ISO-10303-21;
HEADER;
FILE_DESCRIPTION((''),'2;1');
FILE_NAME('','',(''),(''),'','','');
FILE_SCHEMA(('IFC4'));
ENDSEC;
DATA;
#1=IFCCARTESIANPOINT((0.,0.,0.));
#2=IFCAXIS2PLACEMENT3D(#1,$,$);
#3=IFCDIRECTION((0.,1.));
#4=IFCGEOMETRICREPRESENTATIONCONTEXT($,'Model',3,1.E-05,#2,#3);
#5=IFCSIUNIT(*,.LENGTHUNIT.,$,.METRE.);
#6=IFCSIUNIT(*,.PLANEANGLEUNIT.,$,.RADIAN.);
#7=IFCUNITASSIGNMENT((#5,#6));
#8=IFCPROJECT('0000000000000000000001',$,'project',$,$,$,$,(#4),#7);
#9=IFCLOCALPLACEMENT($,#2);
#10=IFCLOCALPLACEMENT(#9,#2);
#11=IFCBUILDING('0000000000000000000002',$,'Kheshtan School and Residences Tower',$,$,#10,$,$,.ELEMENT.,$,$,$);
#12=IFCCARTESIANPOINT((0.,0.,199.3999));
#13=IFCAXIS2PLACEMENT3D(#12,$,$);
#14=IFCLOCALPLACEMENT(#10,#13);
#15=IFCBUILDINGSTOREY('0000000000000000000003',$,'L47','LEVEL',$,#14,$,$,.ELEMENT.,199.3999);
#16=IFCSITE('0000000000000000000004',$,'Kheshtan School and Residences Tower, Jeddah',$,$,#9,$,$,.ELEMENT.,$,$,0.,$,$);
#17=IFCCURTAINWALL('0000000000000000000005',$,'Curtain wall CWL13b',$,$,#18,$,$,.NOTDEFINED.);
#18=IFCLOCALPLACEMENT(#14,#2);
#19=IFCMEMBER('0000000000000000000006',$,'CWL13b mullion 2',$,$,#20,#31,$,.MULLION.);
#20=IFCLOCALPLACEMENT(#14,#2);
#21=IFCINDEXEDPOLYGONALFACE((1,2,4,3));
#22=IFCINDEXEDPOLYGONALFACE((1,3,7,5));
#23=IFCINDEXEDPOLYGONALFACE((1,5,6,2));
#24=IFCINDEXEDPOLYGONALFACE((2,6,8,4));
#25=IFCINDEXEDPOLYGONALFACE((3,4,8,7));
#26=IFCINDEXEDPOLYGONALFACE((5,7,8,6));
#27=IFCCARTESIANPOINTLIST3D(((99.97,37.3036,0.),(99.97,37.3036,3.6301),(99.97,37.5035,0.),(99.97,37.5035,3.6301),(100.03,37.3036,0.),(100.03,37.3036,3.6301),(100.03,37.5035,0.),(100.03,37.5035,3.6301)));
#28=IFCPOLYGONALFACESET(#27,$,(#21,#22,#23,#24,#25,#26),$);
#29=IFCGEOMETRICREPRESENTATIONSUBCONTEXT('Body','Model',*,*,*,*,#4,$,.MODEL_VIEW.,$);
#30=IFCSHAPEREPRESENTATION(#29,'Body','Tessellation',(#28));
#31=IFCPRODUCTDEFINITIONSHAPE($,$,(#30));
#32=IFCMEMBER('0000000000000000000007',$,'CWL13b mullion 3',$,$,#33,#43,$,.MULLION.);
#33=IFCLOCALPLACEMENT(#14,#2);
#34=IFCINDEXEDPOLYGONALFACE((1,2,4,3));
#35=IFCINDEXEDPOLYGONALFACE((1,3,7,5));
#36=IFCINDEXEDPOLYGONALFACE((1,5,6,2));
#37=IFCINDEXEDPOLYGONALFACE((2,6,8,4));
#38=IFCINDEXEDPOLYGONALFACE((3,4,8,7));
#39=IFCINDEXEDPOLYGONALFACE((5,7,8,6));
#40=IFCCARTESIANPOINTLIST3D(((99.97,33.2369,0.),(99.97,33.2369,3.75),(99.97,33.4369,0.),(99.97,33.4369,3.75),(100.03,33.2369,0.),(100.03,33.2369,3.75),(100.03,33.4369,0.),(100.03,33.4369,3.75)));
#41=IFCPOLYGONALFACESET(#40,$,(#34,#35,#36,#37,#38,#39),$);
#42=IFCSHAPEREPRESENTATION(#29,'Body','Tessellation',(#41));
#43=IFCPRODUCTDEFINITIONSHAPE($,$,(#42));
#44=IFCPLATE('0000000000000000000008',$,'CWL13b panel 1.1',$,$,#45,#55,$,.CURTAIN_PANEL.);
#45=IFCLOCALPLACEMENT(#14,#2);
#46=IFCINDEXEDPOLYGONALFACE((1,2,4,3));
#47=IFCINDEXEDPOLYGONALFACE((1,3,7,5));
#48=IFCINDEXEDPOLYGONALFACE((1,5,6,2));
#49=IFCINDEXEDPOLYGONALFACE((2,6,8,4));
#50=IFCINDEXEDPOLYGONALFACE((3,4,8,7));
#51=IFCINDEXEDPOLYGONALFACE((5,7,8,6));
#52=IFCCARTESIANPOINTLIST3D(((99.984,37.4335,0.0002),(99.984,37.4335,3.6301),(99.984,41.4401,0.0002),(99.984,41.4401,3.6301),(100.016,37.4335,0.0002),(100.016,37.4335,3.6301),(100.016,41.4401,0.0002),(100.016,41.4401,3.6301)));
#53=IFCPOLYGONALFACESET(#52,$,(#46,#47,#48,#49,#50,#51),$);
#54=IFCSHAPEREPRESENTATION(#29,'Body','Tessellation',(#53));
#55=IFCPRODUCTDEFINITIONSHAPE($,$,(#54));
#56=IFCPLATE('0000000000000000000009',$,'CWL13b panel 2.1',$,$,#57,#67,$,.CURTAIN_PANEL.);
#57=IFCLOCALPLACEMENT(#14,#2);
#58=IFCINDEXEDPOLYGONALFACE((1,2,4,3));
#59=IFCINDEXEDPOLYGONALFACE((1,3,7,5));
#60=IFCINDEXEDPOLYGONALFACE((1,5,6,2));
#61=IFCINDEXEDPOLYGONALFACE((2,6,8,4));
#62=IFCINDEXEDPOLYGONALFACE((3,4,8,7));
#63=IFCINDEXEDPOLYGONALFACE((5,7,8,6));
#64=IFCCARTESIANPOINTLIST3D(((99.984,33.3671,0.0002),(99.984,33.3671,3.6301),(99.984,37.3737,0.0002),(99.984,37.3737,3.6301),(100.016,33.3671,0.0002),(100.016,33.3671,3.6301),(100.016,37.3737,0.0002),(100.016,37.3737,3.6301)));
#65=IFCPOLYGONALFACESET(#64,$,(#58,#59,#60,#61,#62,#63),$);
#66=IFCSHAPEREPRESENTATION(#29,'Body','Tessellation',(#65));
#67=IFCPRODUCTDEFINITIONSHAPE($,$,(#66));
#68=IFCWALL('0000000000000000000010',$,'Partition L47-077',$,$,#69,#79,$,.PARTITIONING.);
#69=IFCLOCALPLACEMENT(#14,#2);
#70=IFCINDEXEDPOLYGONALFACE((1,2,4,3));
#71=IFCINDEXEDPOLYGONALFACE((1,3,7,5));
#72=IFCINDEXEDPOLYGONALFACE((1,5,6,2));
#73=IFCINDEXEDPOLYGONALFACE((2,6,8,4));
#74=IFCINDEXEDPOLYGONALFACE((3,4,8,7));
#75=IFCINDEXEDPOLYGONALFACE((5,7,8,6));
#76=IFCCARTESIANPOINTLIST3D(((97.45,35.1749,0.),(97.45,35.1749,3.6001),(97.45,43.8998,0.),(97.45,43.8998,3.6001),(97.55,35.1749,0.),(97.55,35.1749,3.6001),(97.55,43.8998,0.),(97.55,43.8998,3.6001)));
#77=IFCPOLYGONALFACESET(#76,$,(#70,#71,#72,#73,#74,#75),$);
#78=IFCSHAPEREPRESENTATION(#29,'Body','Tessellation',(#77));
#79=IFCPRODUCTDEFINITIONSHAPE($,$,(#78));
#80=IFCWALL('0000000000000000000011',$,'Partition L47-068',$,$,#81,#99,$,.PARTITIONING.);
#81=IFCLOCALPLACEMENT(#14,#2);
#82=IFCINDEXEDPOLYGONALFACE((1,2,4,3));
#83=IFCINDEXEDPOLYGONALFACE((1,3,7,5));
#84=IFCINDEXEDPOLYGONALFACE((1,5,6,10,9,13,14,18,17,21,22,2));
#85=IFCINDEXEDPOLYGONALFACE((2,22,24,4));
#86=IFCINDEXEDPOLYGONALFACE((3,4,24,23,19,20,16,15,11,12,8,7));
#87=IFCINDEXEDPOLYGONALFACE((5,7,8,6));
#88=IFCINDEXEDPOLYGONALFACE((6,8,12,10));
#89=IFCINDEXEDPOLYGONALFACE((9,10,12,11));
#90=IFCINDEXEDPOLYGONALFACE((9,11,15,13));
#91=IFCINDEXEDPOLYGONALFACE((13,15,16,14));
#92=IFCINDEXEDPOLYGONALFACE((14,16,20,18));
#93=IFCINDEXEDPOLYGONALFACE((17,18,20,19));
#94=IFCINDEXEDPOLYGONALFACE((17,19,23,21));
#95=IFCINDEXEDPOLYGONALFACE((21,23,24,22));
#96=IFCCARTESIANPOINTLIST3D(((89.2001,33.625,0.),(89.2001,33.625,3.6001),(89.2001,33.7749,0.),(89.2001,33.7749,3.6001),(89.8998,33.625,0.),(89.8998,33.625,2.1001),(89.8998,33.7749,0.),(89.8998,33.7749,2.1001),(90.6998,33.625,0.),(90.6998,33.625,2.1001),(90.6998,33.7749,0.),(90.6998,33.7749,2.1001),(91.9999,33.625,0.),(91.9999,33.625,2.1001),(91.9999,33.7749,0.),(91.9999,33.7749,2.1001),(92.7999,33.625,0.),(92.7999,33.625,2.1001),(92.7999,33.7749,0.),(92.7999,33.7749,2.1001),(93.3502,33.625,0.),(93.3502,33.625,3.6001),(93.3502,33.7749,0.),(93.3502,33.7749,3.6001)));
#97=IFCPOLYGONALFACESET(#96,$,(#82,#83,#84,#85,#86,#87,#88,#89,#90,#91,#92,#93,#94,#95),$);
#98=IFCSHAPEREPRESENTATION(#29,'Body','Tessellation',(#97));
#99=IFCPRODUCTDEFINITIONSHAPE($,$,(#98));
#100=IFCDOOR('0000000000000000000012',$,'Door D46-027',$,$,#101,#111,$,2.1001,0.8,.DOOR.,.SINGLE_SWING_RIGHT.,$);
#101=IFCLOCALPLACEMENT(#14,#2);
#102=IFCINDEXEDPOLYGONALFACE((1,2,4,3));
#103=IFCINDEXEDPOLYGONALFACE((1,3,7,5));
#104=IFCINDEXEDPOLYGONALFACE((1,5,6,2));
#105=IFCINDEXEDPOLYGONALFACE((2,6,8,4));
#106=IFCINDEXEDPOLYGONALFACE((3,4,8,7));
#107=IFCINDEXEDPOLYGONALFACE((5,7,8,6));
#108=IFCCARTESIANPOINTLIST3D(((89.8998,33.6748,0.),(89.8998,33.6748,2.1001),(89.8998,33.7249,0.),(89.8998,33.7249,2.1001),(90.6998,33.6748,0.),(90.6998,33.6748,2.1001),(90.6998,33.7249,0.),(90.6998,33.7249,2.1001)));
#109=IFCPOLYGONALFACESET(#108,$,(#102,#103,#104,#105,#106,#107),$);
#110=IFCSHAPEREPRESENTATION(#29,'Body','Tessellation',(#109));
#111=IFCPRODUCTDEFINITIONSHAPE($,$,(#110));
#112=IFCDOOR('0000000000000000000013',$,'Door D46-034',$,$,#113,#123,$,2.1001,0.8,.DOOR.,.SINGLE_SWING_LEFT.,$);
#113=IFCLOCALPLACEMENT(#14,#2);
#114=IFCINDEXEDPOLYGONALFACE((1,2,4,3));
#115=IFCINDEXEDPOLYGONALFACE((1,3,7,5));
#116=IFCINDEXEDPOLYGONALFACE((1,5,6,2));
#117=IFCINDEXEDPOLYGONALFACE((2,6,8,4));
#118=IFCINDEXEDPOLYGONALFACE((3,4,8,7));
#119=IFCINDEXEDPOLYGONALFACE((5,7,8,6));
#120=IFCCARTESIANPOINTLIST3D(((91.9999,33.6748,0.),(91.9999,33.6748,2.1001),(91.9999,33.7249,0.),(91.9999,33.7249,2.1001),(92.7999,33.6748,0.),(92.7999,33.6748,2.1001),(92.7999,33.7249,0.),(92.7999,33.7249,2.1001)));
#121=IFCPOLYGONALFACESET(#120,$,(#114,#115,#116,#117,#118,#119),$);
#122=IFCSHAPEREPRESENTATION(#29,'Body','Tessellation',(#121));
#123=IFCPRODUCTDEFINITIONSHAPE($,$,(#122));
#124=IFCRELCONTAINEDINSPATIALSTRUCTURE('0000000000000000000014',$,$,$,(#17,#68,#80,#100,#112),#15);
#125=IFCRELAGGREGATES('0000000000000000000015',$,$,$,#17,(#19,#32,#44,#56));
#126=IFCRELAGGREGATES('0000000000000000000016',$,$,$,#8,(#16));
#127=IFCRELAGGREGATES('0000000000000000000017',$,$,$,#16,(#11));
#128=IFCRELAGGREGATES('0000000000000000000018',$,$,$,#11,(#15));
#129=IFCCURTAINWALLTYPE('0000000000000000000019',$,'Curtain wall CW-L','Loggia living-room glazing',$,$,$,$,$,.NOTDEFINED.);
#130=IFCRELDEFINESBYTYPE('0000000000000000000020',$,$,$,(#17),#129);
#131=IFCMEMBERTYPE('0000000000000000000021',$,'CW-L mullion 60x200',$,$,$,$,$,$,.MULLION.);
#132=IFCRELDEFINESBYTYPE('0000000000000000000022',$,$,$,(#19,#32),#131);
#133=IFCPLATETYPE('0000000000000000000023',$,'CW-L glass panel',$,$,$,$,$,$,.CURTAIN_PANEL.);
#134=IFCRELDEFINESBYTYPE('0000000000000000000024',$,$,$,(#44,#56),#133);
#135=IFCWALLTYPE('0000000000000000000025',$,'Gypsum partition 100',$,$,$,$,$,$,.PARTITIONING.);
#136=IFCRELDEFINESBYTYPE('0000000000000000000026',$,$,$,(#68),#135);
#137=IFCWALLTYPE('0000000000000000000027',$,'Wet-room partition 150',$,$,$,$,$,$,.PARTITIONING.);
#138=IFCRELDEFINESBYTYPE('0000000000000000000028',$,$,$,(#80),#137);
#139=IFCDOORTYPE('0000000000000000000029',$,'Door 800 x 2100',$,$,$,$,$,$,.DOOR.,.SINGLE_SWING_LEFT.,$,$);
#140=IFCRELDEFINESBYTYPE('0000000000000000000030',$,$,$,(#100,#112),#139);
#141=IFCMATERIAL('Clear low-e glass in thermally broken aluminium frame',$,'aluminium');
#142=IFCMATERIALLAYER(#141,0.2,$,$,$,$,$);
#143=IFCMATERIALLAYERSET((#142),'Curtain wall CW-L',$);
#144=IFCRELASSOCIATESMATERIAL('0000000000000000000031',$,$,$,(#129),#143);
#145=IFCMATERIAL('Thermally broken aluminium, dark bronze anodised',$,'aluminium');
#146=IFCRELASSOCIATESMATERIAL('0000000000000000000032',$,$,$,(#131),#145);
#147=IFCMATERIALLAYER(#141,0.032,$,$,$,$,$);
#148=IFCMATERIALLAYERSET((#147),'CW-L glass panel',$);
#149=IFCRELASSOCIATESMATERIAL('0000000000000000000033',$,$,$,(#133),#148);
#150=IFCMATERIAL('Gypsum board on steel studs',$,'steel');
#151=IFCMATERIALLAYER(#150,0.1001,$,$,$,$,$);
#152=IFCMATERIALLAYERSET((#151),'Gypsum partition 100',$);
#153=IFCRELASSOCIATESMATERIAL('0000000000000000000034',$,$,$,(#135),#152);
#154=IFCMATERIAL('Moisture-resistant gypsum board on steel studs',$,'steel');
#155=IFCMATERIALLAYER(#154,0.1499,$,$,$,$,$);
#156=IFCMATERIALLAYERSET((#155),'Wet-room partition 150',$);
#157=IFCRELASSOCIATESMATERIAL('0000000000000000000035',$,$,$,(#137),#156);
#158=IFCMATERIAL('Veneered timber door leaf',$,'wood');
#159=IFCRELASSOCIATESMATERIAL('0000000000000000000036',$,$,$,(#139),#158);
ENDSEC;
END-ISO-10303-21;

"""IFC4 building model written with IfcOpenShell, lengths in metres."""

from ifc_helpers import new_model, si_unit, direction, frame, frame_2d, origin, origin_2d, place, context, subcontext, project, spatial, rectangle, extrude, source, transform, mapped, material, layer, layer_set, material_profile, profile_set, type_object, element, fill, aggregate, save


model = new_model("IFC4")

# Units and contexts
model_context = context("Model", 3, precision=1e-05, world=origin(), true_north=direction((0.0, 1.0)))
body_context = subcontext(model_context, "Body", "Model", "MODEL_VIEW")
ifc_project = project(units=[si_unit("LENGTHUNIT", "METRE"), si_unit("PLANEANGLEUNIT", "RADIAN")], contexts=[model_context])

# Site, building, storey
site_placement = place(None, origin())
site = spatial("IfcSite", under=ifc_project, at=site_placement, Name="Kheshtan School and Residences Tower, Jeddah", CompositionType="ELEMENT", RefElevation=0.0)
building_placement = place(site_placement, origin())
building = spatial("IfcBuilding", under=site, at=building_placement, Name="Kheshtan School and Residences Tower", CompositionType="ELEMENT")
storey_placement = place(building_placement, frame((0.0, 0.0, 199.3999)))
storey = spatial("IfcBuildingStorey", under=building, at=storey_placement, Name="L47", Description="LEVEL", CompositionType="ELEMENT", Elevation=199.3999)

# Curtain wall, members, plates
ifc_material_1 = material(Name="Clear low-e glass in thermally broken aluminium frame", Category="aluminium")
ifc_layer_1 = layer(ifc_material_1, 0.2)
ifc_layer_set_1 = layer_set([ifc_layer_1], Name="Curtain wall CW-L")
curtain_wall_type = type_object("IfcCurtainWallType", Name="Curtain wall CW-L", Description="Loggia living-room glazing", PredefinedType="NOTDEFINED", material=ifc_layer_set_1)
curtain_wall_placement = place(storey_placement, origin())
curtain_wall = element("IfcCurtainWall", 1, at=curtain_wall_placement, inside=storey, type_object=curtain_wall_type, Name="Curtain wall CWL13b", PredefinedType="NOTDEFINED")
ifc_material_2 = material(Name="Thermally broken aluminium, dark bronze anodised", Category="aluminium")
ifc_material_profile = material_profile(ifc_material_2, rectangle(XDim=0.0601, YDim=0.2, at=origin_2d()), Name="CW-L mullion 60x200")
ifc_profile_set = profile_set([ifc_material_profile], Name="Thermally broken aluminium, dark bronze anodised")
member_type = type_object("IfcMemberType", Name="CW-L mullion 60x200", PredefinedType="MULLION", material=ifc_profile_set)
member_1_placement = place(storey_placement, frame((100.0, 37.4036, 0.0), z_axis=(0.0, 0.0, 1.0), x_axis=(1.0, 0.0, 0.0)))
member_1 = element("IfcMember", 2, at=member_1_placement, type_object=member_type, Name="CWL13b mullion 2", PredefinedType="MULLION", context=body_context, shape_type="SweptSolid", body=[
    extrude(rectangle(XDim=0.0601, YDim=0.2, at=origin_2d()), origin(), (0.0, 0.0, 1.0), 3.6301),
])
member_2_placement = place(storey_placement, frame((100.0, 33.3369, 0.0), z_axis=(0.0, 0.0, 1.0), x_axis=(1.0, 0.0, 0.0)))
member_2 = element("IfcMember", 3, at=member_2_placement, type_object=member_type, Name="CWL13b mullion 3", PredefinedType="MULLION", context=body_context, shape_type="SweptSolid", body=[
    extrude(rectangle(XDim=0.0601, YDim=0.2, at=origin_2d()), origin(), (0.0, 0.0, 1.0), 3.75),
])
ifc_layer_2 = layer(ifc_material_1, 0.032)
ifc_layer_set_2 = layer_set([ifc_layer_2], Name="CW-L glass panel")
plate_type = type_object("IfcPlateType", Name="CW-L glass panel", PredefinedType="CURTAIN_PANEL", material=ifc_layer_set_2)
plate_1_placement = place(storey_placement, frame((100.0, 39.4368, 0.0002), z_axis=(0.0, 0.0, 1.0), x_axis=(0.0, -1.0, 0.0)))
plate_1 = element("IfcPlate", 4, at=plate_1_placement, type_object=plate_type, Name="CWL13b panel 1.1", PredefinedType="CURTAIN_PANEL", context=body_context, shape_type="SweptSolid", body=[
    extrude(rectangle(XDim=4.0066, YDim=0.032, at=origin_2d()), origin(), (0.0, 0.0, 1.0), 3.6299),
])
plate_2_placement = place(storey_placement, frame((100.0, 35.3704, 0.0002), z_axis=(0.0, 0.0, 1.0), x_axis=(0.0, -1.0, 0.0)))
plate_2 = element("IfcPlate", 5, at=plate_2_placement, type_object=plate_type, Name="CWL13b panel 2.1", PredefinedType="CURTAIN_PANEL", context=body_context, shape_type="SweptSolid", body=[
    extrude(rectangle(XDim=4.0066, YDim=0.032, at=origin_2d()), origin(), (0.0, 0.0, 1.0), 3.6299),
])
aggregate(curtain_wall, [member_1, member_2, plate_1, plate_2])

# Wall
ifc_material_3 = material(Name="Gypsum board on steel studs", Category="steel")
ifc_layer_3 = layer(ifc_material_3, 0.1001)
ifc_layer_set_3 = layer_set([ifc_layer_3], Name="Gypsum partition 100")
wall_type_1 = type_object("IfcWallType", Name="Gypsum partition 100", PredefinedType="PARTITIONING", material=ifc_layer_set_3)
wall_1_placement = place(storey_placement, frame((97.5, 35.175, 0.0), z_axis=(0.0, 0.0, 1.0), x_axis=(0.0, 1.0, 0.0)))
element("IfcWall", 6, at=wall_1_placement, inside=storey, type_object=wall_type_1, Name="Partition L47-077", PredefinedType="PARTITIONING", context=body_context, shape_type="SweptSolid", body=[
    extrude(rectangle(XDim=8.7249, YDim=0.1001, at=frame_2d((4.3623, 0.0))), origin(), (0.0, 0.0, 1.0), 3.6001),
])

# Wall, openings, doors
ifc_material_4 = material(Name="Moisture-resistant gypsum board on steel studs", Category="steel")
ifc_layer_4 = layer(ifc_material_4, 0.1499)
ifc_layer_set_4 = layer_set([ifc_layer_4], Name="Wet-room partition 150")
wall_type_2 = type_object("IfcWallType", Name="Wet-room partition 150", PredefinedType="PARTITIONING", material=ifc_layer_set_4)
wall_2_placement = place(storey_placement, frame((89.2, 33.7, 0.0), z_axis=(0.0, 0.0, 1.0), x_axis=(1.0, 0.0, 0.0)))
wall_2 = element("IfcWall", 7, at=wall_2_placement, inside=storey, type_object=wall_type_2, Name="Partition L47-068", PredefinedType="PARTITIONING", context=body_context, shape_type="SweptSolid", body=[
    extrude(rectangle(XDim=4.1501, YDim=0.1499, at=frame_2d((2.0752, 0.0))), origin(), (0.0, 0.0, 1.0), 3.6001),
])
opening_1_placement = place(wall_2_placement, frame((0.7, 0.0, 0.0)))
opening_1 = element("IfcOpeningElement", 8, at=opening_1_placement, cuts=wall_2, PredefinedType="OPENING", context=body_context, shape_type="SweptSolid", body=[
    extrude(rectangle(XDim=0.8, YDim=2.1001, at=frame_2d((0.3999, 1.05))), frame((0.0, 0.085, 0.0), z_axis=(0.0, -1.0, 0.0), x_axis=(1.0, 0.0, 0.0)), (0.0, 0.0, 1.0), 0.1699),
])
opening_2_placement = place(wall_2_placement, frame((2.8, 0.0, 0.0)))
opening_2 = element("IfcOpeningElement", 9, at=opening_2_placement, cuts=wall_2, PredefinedType="OPENING", context=body_context, shape_type="SweptSolid", body=[
    extrude(rectangle(XDim=0.8, YDim=2.1001, at=frame_2d((0.3999, 1.05))), frame((0.0, 0.085, 0.0), z_axis=(0.0, -1.0, 0.0), x_axis=(1.0, 0.0, 0.0)), (0.0, 0.0, 1.0), 0.1699),
])
ifc_material_5 = material(Name="Veneered timber door leaf", Category="wood")
door_type_1 = type_object("IfcDoorType", Name="Door 800 x 2100", OperationType="SINGLE_SWING_LEFT", PredefinedType="DOOR", material=ifc_material_5)
shared_shape_1 = source(origin(), body_context, "Body", "SweptSolid", [
    extrude(rectangle(XDim=0.8, YDim=2.1001, at=frame_2d((0.3999, 1.05))), frame((0.0, 0.0249, 0.0), z_axis=(0.0, -1.0, 0.0), x_axis=(1.0, 0.0, 0.0)), (0.0, 0.0, 1.0), 0.05),
])
door_1_placement = place(opening_1_placement, origin())
door_1 = element("IfcDoor", 10, at=door_1_placement, inside=storey, type_object=door_type_1, Name="Door D46-027", OperationType="SINGLE_SWING_RIGHT", OverallHeight=2.1001, OverallWidth=0.8, PredefinedType="DOOR", context=body_context, shape_type="MappedRepresentation", body=[
    mapped(shared_shape_1, transform((0.0, 0.0, 0.0), x_axis=(1.0, 0.0, 0.0), y_axis=(0.0, 1.0, 0.0), z_axis=(0.0, 0.0, 1.0), scale=1.0)),
])
fill(opening_1, door_1)
door_2_placement = place(opening_2_placement, origin())
door_2 = element("IfcDoor", 11, at=door_2_placement, inside=storey, type_object=door_type_1, Name="Door D46-034", OperationType="SINGLE_SWING_LEFT", OverallHeight=2.1001, OverallWidth=0.8, PredefinedType="DOOR", context=body_context, shape_type="MappedRepresentation", body=[
    mapped(shared_shape_1, transform((0.0, 0.0, 0.0), x_axis=(1.0, 0.0, 0.0), y_axis=(0.0, 1.0, 0.0), z_axis=(0.0, 0.0, 1.0), scale=1.0)),
])
fill(opening_2, door_2)

save(model, "model.ifc")
